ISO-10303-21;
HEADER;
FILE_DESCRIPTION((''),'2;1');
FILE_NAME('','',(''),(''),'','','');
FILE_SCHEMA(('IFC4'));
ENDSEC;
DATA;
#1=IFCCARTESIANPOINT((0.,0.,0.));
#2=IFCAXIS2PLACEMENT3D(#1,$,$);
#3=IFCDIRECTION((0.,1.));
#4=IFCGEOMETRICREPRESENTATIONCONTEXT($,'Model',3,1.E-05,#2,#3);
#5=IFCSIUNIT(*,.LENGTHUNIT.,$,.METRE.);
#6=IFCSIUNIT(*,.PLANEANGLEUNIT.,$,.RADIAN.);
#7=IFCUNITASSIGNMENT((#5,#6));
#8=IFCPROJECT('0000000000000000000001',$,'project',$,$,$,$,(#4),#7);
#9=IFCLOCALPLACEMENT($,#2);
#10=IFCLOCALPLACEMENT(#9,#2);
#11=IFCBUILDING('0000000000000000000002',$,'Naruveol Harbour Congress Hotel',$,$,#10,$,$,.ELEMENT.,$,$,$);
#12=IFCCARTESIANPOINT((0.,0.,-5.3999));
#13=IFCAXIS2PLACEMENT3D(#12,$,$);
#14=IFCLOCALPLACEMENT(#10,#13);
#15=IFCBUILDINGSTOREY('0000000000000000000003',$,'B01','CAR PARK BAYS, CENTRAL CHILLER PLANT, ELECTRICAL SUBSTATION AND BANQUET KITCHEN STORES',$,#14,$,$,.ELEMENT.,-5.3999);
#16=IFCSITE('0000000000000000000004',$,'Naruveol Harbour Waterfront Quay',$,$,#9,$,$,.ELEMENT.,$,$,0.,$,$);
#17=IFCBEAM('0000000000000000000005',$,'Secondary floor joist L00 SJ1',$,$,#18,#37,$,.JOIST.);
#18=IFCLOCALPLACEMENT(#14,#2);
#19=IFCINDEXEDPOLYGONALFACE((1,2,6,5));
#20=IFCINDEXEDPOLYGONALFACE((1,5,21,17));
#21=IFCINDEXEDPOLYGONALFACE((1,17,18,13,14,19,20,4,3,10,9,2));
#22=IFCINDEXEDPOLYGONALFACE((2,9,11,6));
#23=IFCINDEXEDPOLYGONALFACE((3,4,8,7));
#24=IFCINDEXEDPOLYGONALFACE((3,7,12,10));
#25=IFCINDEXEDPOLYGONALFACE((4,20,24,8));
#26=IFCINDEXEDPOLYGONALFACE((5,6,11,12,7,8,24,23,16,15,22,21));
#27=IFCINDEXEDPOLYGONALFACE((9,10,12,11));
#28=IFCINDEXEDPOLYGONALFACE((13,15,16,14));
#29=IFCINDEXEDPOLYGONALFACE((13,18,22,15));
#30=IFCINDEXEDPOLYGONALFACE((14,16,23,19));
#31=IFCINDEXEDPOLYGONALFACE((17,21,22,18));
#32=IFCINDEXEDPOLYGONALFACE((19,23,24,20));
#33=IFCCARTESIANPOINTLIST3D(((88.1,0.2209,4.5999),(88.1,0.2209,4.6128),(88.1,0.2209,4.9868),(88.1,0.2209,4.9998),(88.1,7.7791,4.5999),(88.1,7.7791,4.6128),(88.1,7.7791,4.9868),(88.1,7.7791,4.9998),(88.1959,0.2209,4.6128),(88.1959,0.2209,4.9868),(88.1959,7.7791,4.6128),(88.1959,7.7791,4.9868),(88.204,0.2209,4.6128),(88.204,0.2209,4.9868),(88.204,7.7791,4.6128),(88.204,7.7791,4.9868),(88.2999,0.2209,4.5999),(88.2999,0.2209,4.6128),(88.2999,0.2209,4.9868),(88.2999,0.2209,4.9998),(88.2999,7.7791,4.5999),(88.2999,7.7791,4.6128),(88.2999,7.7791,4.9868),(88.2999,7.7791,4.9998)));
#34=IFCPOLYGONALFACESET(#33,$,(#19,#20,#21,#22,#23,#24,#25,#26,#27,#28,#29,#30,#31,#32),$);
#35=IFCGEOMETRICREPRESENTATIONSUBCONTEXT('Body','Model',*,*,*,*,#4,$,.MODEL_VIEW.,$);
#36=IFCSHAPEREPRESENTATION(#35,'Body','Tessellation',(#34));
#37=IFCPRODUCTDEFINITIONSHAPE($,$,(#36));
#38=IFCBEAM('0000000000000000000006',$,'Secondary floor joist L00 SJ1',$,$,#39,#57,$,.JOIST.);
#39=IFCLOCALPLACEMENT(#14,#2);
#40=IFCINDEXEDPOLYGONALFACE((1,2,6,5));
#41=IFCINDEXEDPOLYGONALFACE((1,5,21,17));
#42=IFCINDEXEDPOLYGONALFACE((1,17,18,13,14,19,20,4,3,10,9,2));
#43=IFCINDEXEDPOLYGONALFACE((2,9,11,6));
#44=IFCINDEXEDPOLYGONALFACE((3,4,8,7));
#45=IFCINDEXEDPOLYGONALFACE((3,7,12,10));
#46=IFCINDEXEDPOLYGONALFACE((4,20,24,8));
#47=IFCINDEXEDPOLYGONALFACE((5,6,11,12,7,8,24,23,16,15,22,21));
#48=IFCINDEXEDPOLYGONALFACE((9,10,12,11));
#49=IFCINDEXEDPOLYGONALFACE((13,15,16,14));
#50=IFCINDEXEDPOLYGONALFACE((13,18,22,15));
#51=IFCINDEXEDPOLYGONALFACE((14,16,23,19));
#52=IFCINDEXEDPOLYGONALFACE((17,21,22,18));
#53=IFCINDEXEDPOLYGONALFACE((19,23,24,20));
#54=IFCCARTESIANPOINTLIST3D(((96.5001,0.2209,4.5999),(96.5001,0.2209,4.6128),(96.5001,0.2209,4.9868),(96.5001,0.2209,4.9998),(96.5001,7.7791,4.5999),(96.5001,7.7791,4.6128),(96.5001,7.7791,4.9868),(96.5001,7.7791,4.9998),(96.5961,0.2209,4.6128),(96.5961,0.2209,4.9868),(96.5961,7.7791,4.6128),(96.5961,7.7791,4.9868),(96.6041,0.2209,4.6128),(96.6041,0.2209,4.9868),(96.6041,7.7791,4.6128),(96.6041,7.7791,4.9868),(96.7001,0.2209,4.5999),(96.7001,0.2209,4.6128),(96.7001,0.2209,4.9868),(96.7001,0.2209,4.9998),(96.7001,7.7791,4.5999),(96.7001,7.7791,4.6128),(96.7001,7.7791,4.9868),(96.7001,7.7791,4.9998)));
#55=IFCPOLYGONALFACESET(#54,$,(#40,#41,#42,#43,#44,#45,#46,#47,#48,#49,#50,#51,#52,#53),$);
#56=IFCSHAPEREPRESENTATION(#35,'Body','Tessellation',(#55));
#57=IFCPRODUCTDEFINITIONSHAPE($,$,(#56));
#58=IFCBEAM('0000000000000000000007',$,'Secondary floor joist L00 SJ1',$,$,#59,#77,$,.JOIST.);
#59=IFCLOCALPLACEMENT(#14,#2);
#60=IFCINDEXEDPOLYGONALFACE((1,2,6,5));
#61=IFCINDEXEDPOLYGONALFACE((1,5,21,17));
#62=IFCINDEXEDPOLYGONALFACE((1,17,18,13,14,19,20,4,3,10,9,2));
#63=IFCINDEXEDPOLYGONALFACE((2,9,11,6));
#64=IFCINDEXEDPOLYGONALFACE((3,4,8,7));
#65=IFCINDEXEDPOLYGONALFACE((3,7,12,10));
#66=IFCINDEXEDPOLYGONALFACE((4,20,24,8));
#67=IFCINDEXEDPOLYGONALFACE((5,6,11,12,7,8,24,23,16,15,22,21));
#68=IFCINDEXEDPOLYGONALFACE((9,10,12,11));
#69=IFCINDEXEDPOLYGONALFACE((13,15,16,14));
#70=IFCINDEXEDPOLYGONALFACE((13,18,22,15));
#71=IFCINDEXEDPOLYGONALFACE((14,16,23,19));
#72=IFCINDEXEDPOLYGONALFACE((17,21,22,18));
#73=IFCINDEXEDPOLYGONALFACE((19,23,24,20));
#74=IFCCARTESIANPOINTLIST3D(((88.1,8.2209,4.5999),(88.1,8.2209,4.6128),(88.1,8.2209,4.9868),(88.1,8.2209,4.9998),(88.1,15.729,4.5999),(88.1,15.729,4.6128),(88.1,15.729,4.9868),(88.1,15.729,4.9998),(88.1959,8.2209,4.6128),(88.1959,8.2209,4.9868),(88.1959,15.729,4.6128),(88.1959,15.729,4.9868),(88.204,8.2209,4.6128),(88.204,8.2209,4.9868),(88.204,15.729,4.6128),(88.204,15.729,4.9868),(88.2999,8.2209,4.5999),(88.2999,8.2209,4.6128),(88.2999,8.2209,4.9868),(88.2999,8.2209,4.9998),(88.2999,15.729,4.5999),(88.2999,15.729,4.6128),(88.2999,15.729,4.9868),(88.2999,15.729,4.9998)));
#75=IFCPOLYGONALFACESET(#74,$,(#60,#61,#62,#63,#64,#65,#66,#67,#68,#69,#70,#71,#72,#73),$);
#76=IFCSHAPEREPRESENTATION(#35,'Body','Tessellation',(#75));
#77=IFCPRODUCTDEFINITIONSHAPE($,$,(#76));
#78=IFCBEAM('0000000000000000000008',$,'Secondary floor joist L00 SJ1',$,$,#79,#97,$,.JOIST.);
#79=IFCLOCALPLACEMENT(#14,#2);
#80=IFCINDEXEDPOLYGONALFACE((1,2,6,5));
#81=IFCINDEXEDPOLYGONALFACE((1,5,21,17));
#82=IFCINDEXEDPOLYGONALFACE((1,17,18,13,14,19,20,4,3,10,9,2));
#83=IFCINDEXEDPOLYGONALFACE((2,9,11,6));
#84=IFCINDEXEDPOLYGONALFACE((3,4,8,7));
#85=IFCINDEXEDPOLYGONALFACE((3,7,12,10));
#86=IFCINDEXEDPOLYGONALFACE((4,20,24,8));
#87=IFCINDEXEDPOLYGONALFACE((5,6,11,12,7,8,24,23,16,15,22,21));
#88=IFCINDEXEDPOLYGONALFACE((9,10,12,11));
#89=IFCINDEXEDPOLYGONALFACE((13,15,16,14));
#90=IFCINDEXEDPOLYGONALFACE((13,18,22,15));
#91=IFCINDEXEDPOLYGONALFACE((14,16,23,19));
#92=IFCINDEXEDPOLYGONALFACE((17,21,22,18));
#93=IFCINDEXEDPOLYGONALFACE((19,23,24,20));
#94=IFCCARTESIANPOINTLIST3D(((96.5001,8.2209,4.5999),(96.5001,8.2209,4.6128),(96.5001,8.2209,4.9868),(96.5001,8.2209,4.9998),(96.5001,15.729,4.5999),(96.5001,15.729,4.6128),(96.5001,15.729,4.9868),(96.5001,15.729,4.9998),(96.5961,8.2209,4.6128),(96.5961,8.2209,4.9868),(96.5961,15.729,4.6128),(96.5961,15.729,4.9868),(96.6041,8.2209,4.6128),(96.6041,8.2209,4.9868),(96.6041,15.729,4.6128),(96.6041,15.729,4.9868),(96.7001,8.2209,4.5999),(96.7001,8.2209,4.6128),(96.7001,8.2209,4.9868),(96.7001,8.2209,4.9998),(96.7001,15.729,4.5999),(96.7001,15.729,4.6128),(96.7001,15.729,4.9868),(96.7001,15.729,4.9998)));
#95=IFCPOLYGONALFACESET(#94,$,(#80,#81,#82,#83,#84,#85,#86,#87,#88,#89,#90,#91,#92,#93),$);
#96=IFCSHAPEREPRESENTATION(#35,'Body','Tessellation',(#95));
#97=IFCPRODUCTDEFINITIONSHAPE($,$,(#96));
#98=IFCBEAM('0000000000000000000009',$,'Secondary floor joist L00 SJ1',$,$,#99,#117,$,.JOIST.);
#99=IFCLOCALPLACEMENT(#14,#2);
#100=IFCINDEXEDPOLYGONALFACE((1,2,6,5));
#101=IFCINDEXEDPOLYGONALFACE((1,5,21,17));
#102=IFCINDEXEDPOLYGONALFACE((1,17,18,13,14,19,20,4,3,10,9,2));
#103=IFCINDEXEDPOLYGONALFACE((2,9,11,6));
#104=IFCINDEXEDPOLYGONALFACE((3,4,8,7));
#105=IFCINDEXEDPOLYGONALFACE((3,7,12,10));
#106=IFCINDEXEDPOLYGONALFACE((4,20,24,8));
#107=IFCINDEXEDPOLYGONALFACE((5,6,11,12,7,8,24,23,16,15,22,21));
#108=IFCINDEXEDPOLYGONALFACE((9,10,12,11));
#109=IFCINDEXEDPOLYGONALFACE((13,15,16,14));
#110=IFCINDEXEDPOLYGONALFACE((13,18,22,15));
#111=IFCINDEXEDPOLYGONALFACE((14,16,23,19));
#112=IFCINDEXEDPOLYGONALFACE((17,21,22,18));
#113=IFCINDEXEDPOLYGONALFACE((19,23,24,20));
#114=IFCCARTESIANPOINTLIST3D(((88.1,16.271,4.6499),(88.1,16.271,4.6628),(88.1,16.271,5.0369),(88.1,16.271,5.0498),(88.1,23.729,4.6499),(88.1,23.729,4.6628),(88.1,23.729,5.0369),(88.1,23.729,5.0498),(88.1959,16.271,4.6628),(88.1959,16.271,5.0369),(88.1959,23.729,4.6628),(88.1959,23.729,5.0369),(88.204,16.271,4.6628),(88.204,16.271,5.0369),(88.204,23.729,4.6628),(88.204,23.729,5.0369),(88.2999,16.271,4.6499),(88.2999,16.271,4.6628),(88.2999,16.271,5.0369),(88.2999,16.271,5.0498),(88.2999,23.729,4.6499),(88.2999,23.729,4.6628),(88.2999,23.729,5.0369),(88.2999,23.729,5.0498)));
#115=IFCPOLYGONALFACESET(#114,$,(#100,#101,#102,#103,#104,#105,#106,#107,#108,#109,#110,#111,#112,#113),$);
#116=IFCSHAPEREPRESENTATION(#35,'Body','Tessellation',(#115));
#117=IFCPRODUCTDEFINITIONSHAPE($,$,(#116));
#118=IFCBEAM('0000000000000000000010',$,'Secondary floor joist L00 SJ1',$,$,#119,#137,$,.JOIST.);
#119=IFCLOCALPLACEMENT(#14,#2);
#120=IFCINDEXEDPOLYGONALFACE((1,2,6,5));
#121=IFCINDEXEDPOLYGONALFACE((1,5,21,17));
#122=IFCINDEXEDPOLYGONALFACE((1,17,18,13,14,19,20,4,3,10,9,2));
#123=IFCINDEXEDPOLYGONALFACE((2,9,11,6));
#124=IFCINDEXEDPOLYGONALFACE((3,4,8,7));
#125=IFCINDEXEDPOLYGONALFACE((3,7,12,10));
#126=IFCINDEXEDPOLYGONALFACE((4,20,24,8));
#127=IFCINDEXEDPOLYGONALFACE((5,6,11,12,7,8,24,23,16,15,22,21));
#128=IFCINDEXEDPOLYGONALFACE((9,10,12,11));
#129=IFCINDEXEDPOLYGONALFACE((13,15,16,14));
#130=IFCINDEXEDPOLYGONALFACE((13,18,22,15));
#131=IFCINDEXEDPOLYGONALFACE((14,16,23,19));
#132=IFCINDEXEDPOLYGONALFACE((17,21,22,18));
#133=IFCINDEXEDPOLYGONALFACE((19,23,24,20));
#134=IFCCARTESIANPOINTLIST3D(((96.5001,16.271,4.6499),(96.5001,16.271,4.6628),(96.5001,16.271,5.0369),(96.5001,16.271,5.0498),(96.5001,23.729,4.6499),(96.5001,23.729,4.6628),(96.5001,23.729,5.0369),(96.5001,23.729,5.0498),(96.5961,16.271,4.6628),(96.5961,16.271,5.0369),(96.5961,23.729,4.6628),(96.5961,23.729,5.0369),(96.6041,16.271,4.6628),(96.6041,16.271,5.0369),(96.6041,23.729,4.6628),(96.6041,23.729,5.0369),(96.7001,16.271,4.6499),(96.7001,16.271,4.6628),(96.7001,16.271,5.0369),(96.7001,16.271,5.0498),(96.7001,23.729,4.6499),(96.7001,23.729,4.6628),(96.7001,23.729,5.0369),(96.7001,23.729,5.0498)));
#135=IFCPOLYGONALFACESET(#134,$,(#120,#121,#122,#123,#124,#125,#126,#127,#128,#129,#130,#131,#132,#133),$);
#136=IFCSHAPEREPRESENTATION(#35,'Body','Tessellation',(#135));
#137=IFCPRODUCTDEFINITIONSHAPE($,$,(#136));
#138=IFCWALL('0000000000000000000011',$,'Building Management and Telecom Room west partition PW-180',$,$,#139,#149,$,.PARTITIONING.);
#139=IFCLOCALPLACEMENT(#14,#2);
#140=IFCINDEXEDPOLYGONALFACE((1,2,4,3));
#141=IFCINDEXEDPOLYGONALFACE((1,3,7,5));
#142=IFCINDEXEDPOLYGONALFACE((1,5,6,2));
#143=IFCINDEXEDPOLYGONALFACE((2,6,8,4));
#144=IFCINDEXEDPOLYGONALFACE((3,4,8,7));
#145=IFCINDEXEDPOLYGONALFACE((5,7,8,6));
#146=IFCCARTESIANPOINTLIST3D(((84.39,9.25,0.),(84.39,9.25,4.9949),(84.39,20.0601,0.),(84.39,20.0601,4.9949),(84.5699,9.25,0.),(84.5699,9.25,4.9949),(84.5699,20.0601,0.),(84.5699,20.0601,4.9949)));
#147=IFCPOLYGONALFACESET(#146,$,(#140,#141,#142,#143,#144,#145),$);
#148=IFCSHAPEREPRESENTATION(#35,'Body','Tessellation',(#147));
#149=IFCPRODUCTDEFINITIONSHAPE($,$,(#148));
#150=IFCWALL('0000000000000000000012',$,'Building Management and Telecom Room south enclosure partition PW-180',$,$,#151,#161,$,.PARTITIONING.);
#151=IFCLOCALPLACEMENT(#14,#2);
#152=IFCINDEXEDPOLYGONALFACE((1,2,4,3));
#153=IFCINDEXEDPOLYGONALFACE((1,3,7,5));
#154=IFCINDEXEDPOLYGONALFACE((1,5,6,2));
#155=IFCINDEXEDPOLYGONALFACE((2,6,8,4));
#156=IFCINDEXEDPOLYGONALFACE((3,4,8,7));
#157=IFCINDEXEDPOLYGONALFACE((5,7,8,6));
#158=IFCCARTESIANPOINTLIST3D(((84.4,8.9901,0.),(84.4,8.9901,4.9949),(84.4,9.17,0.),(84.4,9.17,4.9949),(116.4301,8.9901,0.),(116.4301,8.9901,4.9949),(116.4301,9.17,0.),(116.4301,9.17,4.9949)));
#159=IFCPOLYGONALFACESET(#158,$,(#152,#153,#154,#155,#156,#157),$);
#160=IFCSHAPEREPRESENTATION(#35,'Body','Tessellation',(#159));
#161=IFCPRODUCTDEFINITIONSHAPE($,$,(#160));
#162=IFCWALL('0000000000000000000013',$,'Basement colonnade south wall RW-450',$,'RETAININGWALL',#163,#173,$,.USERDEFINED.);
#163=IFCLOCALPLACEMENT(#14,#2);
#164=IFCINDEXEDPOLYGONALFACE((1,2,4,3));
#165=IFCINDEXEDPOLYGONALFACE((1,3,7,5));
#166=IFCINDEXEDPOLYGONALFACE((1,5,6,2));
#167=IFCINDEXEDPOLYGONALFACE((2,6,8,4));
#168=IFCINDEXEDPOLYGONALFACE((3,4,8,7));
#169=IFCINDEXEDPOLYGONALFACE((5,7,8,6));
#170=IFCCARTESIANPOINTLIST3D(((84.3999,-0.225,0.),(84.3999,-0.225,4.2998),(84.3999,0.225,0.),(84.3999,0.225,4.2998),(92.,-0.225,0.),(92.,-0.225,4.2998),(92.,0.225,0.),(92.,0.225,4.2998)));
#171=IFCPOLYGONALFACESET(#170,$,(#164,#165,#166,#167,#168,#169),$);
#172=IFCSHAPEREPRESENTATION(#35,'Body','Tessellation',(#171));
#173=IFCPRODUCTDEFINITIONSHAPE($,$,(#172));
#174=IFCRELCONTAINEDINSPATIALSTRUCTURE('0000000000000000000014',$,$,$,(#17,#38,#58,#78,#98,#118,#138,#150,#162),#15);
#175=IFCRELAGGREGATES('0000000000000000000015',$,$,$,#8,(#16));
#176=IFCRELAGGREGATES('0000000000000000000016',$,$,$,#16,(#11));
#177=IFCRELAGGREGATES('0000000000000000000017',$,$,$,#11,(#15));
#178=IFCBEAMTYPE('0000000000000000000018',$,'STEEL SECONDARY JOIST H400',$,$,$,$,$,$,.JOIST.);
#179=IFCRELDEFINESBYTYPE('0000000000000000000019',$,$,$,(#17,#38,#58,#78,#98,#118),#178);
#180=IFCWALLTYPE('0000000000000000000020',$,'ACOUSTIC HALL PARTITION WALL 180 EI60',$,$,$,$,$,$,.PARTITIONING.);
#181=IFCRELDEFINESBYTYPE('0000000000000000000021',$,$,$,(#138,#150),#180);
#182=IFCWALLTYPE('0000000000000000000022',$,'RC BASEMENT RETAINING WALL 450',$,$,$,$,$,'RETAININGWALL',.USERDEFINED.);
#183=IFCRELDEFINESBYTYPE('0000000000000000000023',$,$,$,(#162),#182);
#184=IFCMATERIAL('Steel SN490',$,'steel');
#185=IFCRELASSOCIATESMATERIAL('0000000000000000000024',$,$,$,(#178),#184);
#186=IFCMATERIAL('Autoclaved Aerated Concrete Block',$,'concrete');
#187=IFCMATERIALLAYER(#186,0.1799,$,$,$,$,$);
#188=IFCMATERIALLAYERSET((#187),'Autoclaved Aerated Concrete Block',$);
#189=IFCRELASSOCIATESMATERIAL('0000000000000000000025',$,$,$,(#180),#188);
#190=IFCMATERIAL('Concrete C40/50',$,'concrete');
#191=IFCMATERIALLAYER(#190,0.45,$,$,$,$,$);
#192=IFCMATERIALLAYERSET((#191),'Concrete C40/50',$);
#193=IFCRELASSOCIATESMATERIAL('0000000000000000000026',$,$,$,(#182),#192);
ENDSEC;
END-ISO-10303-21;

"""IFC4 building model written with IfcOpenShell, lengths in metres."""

from ifc_helpers import new_model, si_unit, direction, frame, frame_2d, origin, origin_2d, place, context, subcontext, project, spatial, rectangle, i_section, extrude, material, layer, layer_set, material_profile, profile_set, type_object, element, save


model = new_model("IFC4")

# Units and contexts
model_context = context("Model", 3, precision=1e-05, world=origin(), true_north=direction((0.0, 1.0)))
body_context = subcontext(model_context, "Body", "Model", "MODEL_VIEW")
ifc_project = project(units=[si_unit("LENGTHUNIT", "METRE"), si_unit("PLANEANGLEUNIT", "RADIAN")], contexts=[model_context])

# Site, building, storey
site_placement = place(None, origin())
site = spatial("IfcSite", under=ifc_project, at=site_placement, Name="Naruveol Harbour Waterfront Quay", CompositionType="ELEMENT", RefElevation=0.0)
building_placement = place(site_placement, origin())
building = spatial("IfcBuilding", under=site, at=building_placement, Name="Naruveol Harbour Congress Hotel", CompositionType="ELEMENT")
storey_placement = place(building_placement, frame((0.0, 0.0, -5.3999)))
storey = spatial("IfcBuildingStorey", under=building, at=storey_placement, Name="B01", Description="CAR PARK BAYS, CENTRAL CHILLER PLANT, ELECTRICAL SUBSTATION AND BANQUET KITCHEN STORES", CompositionType="ELEMENT", Elevation=-5.3999)

# Beams
ifc_material_1 = material(Name="Steel SN490", Category="steel")
ifc_material_profile_1 = material_profile(ifc_material_1, i_section(OverallWidth=0.2, OverallDepth=0.3999, WebThickness=0.0081, FlangeThickness=0.0129, at=origin_2d()), Name="H-400x200x8x13")
ifc_profile_set_1 = profile_set([ifc_material_profile_1], Name="Steel SN490")
beam_type_1 = type_object("IfcBeamType", Name="STEEL SECONDARY JOIST H400", PredefinedType="JOIST", material=ifc_profile_set_1)
for number, where, z_axis, x_axis, name in (
    (1, (88.2, 0.2209, 4.7998), (0.0, 1.0, 0.0), (-1.0, 0.0, 0.0), "Secondary floor joist L00 SJ1"),
    (2, (96.6001, 0.2209, 4.7998), (0.0, 1.0, 0.0), (-1.0, 0.0, 0.0), "Secondary floor joist L00 SJ1"),
):
    element("IfcBeam", number, at=place(storey_placement, frame(where, z_axis=z_axis, x_axis=x_axis)), inside=storey, type_object=beam_type_1, Name=name, PredefinedType="JOIST", context=body_context, shape_type="SweptSolid", body=[
        extrude(i_section(OverallWidth=0.2, OverallDepth=0.3999, WebThickness=0.0081, FlangeThickness=0.0129, at=origin_2d()), origin(), (0.0, 0.0, 1.0), 7.5581),
    ])
for number, where, z_axis, x_axis, name in (
    (3, (88.2, 8.2209, 4.7998), (0.0, 1.0, 0.0), (-1.0, 0.0, 0.0), "Secondary floor joist L00 SJ1"),
    (4, (96.6001, 8.2209, 4.7998), (0.0, 1.0, 0.0), (-1.0, 0.0, 0.0), "Secondary floor joist L00 SJ1"),
):
    element("IfcBeam", number, at=place(storey_placement, frame(where, z_axis=z_axis, x_axis=x_axis)), inside=storey, type_object=beam_type_1, Name=name, PredefinedType="JOIST", context=body_context, shape_type="SweptSolid", body=[
        extrude(i_section(OverallWidth=0.2, OverallDepth=0.3999, WebThickness=0.0081, FlangeThickness=0.0129, at=origin_2d()), origin(), (0.0, 0.0, 1.0), 7.5081),
    ])
for number, where, z_axis, x_axis, name in (
    (5, (88.2, 16.271, 4.8499), (0.0, 1.0, 0.0), (-1.0, 0.0, 0.0), "Secondary floor joist L00 SJ1"),
    (6, (96.6001, 16.271, 4.8499), (0.0, 1.0, 0.0), (-1.0, 0.0, 0.0), "Secondary floor joist L00 SJ1"),
):
    element("IfcBeam", number, at=place(storey_placement, frame(where, z_axis=z_axis, x_axis=x_axis)), inside=storey, type_object=beam_type_1, Name=name, PredefinedType="JOIST", context=body_context, shape_type="SweptSolid", body=[
        extrude(i_section(OverallWidth=0.2, OverallDepth=0.3999, WebThickness=0.0081, FlangeThickness=0.0129, at=origin_2d()), origin(), (0.0, 0.0, 1.0), 7.458),
    ])

# Walls
ifc_material_2 = material(Name="Autoclaved Aerated Concrete Block", Category="concrete")
ifc_layer_1 = layer(ifc_material_2, 0.1799)
ifc_layer_set_1 = layer_set([ifc_layer_1], Name="Autoclaved Aerated Concrete Block")
wall_type_1 = type_object("IfcWallType", Name="ACOUSTIC HALL PARTITION WALL 180 EI60", PredefinedType="PARTITIONING", material=ifc_layer_set_1)
wall_1_placement = place(storey_placement, frame((84.48, 9.25, 0.0), z_axis=(0.0, 0.0, 1.0), x_axis=(0.0, 1.0, 0.0)))
element("IfcWall", 7, at=wall_1_placement, inside=storey, type_object=wall_type_1, Name="Building Management and Telecom Room west partition PW-180", PredefinedType="PARTITIONING", context=body_context, shape_type="SweptSolid", body=[
    extrude(rectangle(XDim=10.8101, YDim=0.1799, at=frame_2d((5.405, 0.0))), origin(), (0.0, 0.0, 1.0), 4.9949),
])
wall_2_placement = place(storey_placement, frame((84.3999, 9.0801, 0.0), z_axis=(0.0, 0.0, 1.0), x_axis=(1.0, 0.0, 0.0)))
element("IfcWall", 8, at=wall_2_placement, inside=storey, type_object=wall_type_1, Name="Building Management and Telecom Room south enclosure partition PW-180", PredefinedType="PARTITIONING", context=body_context, shape_type="SweptSolid", body=[
    extrude(rectangle(XDim=32.03, YDim=0.1799, at=frame_2d((16.0151, 0.0))), origin(), (0.0, 0.0, 1.0), 4.9949),
])
ifc_material_3 = material(Name="Concrete C40/50", Category="concrete")
ifc_layer_2 = layer(ifc_material_3, 0.45)
ifc_layer_set_2 = layer_set([ifc_layer_2], Name="Concrete C40/50")
wall_type_2 = type_object("IfcWallType", Name="RC BASEMENT RETAINING WALL 450", ElementType="RETAININGWALL", PredefinedType="USERDEFINED", material=ifc_layer_set_2)
wall_3_placement = place(storey_placement, frame((92.0, 0.0, 0.0), z_axis=(0.0, 0.0, 1.0), x_axis=(-1.0, 0.0, 0.0)))
element("IfcWall", 9, at=wall_3_placement, inside=storey, type_object=wall_type_2, Name="Basement colonnade south wall RW-450", ObjectType="RETAININGWALL", PredefinedType="USERDEFINED", context=body_context, shape_type="SweptSolid", body=[
    extrude(rectangle(XDim=7.6001, YDim=0.45, at=frame_2d((3.8, 0.0))), origin(), (0.0, 0.0, 1.0), 4.2998),
])

save(model, "model.ifc")
